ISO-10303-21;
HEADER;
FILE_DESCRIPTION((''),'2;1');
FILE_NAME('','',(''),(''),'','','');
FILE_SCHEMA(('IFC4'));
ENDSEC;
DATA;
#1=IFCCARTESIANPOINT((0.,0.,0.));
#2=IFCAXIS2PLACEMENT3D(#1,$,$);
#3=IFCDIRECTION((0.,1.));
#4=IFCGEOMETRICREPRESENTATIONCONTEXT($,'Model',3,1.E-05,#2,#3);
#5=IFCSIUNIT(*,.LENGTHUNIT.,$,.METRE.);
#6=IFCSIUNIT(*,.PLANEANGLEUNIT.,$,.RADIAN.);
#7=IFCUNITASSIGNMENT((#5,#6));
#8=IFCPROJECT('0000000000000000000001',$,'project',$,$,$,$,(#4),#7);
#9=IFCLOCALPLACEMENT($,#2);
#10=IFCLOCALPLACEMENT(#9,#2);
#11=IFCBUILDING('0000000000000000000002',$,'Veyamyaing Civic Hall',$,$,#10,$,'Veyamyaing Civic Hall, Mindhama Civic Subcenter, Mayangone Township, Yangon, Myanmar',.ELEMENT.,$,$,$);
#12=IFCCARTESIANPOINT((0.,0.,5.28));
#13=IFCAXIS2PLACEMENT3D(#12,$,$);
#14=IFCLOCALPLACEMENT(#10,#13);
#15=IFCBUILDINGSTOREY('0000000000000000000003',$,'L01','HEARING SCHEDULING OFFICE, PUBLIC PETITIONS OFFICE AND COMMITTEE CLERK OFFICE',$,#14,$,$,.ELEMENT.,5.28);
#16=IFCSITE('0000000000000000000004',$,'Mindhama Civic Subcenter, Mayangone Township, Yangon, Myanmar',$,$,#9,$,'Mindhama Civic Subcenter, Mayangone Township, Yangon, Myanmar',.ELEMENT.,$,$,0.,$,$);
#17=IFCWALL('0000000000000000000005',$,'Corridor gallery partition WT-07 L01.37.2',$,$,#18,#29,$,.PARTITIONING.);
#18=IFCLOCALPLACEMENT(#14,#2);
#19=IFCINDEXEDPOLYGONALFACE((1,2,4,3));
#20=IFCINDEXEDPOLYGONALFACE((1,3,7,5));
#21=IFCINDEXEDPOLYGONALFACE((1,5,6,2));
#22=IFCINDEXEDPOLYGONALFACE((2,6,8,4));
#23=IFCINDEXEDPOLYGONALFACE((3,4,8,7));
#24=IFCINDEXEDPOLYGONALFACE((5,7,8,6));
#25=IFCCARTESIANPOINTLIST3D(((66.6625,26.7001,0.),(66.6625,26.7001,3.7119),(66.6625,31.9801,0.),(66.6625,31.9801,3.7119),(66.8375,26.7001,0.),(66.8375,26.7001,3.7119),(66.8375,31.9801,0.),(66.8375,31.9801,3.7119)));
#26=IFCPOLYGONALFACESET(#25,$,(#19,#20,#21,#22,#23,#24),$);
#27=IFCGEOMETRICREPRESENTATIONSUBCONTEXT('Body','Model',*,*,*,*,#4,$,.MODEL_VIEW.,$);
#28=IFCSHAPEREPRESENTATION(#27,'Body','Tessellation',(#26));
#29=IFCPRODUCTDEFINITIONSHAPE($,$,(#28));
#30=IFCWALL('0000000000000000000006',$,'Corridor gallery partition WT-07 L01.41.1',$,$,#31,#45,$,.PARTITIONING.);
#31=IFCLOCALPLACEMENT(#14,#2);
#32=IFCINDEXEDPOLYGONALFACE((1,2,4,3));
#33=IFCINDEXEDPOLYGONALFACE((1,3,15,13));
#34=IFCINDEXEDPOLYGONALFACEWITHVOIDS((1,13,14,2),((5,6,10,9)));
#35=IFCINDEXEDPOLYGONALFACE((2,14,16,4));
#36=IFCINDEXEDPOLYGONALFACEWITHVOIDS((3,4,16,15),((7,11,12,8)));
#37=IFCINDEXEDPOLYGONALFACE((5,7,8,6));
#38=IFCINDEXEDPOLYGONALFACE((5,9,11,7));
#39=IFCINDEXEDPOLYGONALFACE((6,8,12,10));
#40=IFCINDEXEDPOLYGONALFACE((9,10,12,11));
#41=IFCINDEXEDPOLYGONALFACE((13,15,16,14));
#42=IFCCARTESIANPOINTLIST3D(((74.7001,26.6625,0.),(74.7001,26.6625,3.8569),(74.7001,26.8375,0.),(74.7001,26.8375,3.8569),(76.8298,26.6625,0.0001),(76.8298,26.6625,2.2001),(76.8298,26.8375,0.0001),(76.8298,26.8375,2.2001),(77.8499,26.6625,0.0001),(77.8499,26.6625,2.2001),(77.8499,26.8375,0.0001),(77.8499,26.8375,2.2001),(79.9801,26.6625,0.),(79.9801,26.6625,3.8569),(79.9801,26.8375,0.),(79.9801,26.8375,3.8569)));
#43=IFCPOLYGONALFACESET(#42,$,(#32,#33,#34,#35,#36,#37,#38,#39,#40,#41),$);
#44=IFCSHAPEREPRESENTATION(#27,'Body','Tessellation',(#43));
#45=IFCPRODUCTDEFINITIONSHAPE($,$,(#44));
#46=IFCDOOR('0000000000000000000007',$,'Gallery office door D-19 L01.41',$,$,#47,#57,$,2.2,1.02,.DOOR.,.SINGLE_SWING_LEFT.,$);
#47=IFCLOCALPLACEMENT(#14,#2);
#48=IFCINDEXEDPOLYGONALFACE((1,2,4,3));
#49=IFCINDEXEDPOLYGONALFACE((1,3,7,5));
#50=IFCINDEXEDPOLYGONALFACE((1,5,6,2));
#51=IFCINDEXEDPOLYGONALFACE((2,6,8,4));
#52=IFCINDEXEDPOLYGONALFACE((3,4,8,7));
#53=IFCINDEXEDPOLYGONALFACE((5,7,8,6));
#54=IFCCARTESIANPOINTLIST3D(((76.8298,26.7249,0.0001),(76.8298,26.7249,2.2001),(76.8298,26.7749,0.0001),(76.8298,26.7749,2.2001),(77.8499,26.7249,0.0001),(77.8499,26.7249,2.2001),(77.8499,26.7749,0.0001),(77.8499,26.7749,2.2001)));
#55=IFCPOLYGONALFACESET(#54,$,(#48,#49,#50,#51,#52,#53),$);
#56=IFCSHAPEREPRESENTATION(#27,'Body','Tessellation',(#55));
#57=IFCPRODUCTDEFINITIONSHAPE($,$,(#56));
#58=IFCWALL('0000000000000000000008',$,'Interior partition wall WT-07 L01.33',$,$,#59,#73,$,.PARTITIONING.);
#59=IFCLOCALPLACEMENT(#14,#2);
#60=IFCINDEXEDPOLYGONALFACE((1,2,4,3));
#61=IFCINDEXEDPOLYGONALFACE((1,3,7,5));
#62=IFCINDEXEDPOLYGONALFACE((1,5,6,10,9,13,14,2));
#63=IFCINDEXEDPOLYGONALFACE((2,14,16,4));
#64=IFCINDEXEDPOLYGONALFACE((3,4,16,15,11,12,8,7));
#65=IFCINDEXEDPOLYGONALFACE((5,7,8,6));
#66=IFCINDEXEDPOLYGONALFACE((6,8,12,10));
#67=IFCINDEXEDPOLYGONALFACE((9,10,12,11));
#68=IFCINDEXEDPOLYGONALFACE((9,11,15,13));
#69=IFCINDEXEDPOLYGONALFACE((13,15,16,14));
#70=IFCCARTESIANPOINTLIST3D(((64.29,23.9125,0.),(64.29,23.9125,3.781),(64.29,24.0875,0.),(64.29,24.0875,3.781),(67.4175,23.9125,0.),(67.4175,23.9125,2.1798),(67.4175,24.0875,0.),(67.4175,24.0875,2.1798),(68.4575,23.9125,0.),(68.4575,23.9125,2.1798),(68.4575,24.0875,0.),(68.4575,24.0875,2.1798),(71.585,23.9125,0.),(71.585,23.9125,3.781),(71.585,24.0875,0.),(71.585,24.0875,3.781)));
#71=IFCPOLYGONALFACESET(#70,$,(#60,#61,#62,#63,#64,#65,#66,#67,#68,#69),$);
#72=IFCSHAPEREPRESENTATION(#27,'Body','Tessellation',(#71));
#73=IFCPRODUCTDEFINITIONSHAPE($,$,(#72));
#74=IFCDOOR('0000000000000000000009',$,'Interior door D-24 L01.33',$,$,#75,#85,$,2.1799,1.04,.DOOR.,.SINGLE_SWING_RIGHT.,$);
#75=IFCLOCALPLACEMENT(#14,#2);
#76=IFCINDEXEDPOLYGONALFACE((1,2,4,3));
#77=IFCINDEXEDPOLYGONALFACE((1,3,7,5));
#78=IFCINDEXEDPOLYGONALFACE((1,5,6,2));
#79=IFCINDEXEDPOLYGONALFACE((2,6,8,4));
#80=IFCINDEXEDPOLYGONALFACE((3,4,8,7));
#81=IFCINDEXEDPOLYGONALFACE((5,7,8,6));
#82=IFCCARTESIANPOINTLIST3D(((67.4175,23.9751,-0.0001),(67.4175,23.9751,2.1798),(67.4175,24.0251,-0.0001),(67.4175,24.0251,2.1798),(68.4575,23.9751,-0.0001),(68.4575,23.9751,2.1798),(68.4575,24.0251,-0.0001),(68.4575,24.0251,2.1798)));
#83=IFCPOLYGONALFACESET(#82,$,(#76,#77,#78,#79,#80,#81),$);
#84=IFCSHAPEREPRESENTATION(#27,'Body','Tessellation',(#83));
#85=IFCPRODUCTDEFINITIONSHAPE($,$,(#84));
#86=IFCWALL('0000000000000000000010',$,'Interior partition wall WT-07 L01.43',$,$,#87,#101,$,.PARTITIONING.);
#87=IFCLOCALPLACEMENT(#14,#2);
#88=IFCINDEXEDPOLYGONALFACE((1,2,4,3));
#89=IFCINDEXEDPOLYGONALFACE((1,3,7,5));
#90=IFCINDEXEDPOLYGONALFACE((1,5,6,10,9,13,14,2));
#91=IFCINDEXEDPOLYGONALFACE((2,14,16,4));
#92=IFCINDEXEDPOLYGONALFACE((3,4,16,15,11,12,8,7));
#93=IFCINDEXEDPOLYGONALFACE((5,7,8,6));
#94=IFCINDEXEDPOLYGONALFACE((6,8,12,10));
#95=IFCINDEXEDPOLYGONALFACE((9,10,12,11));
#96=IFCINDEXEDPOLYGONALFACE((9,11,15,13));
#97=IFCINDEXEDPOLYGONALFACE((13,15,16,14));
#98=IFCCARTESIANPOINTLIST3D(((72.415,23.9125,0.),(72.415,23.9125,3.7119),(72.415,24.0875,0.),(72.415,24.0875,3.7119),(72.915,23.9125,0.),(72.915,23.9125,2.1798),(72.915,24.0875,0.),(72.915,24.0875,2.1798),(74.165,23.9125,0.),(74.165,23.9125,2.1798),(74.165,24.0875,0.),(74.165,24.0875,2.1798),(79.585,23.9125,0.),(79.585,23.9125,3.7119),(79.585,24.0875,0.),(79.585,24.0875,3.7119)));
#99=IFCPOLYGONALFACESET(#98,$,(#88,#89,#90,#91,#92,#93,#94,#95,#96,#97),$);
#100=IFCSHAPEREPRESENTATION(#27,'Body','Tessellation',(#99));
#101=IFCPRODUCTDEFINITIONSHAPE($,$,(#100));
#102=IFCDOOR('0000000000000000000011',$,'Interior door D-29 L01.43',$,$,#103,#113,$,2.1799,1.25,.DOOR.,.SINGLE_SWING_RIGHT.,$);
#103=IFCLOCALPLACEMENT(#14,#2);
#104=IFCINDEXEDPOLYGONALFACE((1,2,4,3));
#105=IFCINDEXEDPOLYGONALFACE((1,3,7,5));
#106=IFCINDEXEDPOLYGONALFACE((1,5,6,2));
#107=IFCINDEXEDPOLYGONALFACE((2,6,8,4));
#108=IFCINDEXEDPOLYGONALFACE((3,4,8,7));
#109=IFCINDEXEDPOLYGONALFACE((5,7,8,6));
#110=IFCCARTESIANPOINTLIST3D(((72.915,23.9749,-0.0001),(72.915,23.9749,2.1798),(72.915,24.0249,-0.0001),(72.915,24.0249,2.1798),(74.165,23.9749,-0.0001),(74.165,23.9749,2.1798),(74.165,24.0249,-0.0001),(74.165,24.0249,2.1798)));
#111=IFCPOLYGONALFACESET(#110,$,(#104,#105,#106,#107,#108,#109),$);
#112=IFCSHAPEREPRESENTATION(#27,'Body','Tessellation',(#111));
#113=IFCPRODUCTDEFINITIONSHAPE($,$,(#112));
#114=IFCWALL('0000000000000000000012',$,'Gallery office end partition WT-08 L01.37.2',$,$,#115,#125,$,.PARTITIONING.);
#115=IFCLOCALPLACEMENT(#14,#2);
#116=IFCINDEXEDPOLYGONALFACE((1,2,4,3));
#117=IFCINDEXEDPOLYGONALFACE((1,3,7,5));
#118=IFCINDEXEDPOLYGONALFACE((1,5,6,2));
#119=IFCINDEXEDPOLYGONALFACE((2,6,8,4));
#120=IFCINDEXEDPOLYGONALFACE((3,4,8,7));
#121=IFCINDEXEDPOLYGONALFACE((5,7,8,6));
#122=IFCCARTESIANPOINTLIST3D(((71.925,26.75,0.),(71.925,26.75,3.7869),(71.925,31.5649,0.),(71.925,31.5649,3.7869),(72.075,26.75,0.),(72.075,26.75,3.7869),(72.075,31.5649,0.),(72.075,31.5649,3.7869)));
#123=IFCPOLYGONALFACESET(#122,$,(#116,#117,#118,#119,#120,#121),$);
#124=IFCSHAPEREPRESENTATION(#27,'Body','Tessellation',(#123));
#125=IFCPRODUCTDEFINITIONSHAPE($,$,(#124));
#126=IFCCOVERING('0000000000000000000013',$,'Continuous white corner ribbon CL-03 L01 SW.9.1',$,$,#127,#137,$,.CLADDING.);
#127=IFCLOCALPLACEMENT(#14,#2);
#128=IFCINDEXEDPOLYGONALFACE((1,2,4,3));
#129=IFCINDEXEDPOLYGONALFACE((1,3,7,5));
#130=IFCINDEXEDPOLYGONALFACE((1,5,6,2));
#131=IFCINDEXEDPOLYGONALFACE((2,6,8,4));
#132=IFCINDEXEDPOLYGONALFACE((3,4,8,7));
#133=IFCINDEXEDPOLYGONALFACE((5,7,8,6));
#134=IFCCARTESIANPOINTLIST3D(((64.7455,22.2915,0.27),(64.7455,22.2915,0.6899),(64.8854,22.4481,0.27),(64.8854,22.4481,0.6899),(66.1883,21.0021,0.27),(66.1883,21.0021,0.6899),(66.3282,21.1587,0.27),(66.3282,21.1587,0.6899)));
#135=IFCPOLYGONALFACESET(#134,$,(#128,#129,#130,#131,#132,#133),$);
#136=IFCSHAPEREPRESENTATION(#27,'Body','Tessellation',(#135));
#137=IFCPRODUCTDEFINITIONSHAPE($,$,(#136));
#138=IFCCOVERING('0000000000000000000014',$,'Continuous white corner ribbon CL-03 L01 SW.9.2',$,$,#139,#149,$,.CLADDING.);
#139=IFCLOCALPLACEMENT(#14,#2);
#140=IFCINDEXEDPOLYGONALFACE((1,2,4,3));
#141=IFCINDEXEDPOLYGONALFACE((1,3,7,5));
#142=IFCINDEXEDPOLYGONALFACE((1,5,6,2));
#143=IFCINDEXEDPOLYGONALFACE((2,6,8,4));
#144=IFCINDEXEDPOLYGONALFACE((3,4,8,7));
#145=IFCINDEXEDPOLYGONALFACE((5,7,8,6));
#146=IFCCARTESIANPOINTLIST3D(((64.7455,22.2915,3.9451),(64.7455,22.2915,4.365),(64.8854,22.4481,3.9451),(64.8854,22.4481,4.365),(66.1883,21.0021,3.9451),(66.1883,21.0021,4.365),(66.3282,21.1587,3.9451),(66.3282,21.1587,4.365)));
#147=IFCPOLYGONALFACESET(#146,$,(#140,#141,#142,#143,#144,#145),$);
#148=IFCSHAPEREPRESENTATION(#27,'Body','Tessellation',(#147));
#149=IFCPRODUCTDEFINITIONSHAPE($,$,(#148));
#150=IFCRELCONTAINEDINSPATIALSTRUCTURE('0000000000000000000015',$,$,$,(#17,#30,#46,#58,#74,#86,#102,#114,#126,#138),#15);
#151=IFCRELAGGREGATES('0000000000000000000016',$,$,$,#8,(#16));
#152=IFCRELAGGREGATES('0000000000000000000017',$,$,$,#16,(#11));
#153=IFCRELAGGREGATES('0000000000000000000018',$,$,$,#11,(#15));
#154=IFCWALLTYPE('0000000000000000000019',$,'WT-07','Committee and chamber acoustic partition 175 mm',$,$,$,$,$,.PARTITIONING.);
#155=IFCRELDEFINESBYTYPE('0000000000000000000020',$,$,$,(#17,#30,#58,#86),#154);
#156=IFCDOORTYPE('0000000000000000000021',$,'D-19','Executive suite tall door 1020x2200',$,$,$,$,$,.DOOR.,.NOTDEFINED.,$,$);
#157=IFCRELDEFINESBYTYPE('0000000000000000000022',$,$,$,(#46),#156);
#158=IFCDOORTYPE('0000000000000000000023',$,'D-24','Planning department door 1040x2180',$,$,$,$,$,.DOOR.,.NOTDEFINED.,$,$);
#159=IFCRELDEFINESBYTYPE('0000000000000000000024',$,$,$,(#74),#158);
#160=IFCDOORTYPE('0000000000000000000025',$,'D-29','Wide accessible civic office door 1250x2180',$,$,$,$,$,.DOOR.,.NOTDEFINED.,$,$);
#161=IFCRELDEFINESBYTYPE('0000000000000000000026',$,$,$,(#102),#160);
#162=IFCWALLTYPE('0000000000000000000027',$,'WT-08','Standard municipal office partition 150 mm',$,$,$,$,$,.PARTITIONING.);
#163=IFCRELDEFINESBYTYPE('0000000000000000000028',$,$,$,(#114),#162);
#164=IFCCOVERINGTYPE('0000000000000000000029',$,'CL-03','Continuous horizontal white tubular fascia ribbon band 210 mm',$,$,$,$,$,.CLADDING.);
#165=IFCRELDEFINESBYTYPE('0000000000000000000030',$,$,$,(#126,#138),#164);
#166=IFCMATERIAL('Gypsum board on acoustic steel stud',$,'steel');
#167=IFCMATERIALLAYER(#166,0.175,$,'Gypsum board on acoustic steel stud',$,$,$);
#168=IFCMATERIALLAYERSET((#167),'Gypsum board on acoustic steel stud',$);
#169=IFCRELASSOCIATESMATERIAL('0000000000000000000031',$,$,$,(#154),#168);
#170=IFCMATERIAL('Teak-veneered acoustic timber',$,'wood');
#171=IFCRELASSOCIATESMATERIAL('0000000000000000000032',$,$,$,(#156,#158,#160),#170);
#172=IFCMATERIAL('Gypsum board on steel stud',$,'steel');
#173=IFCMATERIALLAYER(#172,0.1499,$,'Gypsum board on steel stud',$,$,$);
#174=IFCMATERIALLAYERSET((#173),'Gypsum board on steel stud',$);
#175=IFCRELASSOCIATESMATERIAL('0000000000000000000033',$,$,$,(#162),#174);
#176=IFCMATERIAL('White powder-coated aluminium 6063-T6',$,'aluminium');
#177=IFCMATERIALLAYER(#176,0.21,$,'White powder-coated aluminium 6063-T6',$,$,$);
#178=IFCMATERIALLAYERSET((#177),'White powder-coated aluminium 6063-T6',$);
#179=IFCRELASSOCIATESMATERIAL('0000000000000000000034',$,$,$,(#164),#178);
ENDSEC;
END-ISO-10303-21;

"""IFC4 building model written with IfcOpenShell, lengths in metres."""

from ifc_helpers import new_model, si_unit, direction, frame, frame_2d, origin, origin_2d, place, context, subcontext, project, spatial, rectangle, extrude, material, layer, layer_set, type_object, element, fill, save


model = new_model("IFC4")

# Units and contexts
model_context = context("Model", 3, precision=1e-05, world=origin(), true_north=direction((0.0, 1.0)))
body_context = subcontext(model_context, "Body", "Model", "MODEL_VIEW")
ifc_project = project(units=[si_unit("LENGTHUNIT", "METRE"), si_unit("PLANEANGLEUNIT", "RADIAN")], contexts=[model_context])

# Site, building, storey
site_placement = place(None, origin())
site = spatial("IfcSite", under=ifc_project, at=site_placement, Name="Mindhama Civic Subcenter, Mayangone Township, Yangon, Myanmar", LongName="Mindhama Civic Subcenter, Mayangone Township, Yangon, Myanmar", CompositionType="ELEMENT", RefElevation=0.0)
building_placement = place(site_placement, origin())
building = spatial("IfcBuilding", under=site, at=building_placement, Name="Veyamyaing Civic Hall", LongName="Veyamyaing Civic Hall, Mindhama Civic Subcenter, Mayangone Township, Yangon, Myanmar", CompositionType="ELEMENT")
storey_placement = place(building_placement, frame((0.0, 0.0, 5.28)))
storey = spatial("IfcBuildingStorey", under=building, at=storey_placement, Name="L01", Description="HEARING SCHEDULING OFFICE, PUBLIC PETITIONS OFFICE AND COMMITTEE CLERK OFFICE", CompositionType="ELEMENT", Elevation=5.28)

# Shared definitions
ifc_material_1 = material(Name="Gypsum board on acoustic steel stud", Category="steel")
ifc_layer_1 = layer(ifc_material_1, 0.175, Name="Gypsum board on acoustic steel stud")
ifc_layer_set_1 = layer_set([ifc_layer_1], Name="Gypsum board on acoustic steel stud")
wall_type_1 = type_object("IfcWallType", Name="WT-07", Description="Committee and chamber acoustic partition 175 mm", PredefinedType="PARTITIONING", material=ifc_layer_set_1)
ifc_material_2 = material(Name="Teak-veneered acoustic timber", Category="wood")

# Wall
wall_1_placement = place(storey_placement, frame((66.75, 26.7, 0.0), z_axis=(0.0, 0.0, 1.0), x_axis=(0.0, 1.0, 0.0)))
element("IfcWall", 1, at=wall_1_placement, inside=storey, type_object=wall_type_1, Name="Corridor gallery partition WT-07 L01.37.2", PredefinedType="PARTITIONING", context=body_context, shape_type="SweptSolid", body=[
    extrude(rectangle(XDim=5.28, YDim=0.175, at=frame_2d((2.6401, 0.0))), origin(), (0.0, 0.0, 1.0), 3.7119),
])

# Walls, openings, doors
wall_2_placement = place(storey_placement, frame((74.7, 26.75, 0.0), z_axis=(0.0, 0.0, 1.0), x_axis=(1.0, 0.0, 0.0)))
wall_2 = element("IfcWall", 2, at=wall_2_placement, inside=storey, type_object=wall_type_1, Name="Corridor gallery partition WT-07 L01.41.1", PredefinedType="PARTITIONING", context=body_context, shape_type="SweptSolid", body=[
    extrude(rectangle(XDim=5.28, YDim=0.175, at=frame_2d((2.6401, 0.0))), origin(), (0.0, 0.0, 1.0), 3.8569),
])
opening_1_placement = place(wall_2_placement, frame((2.1299, 0.0, 0.0)))
opening_1 = element("IfcOpeningElement", 3, at=opening_1_placement, cuts=wall_2, PredefinedType="OPENING", context=body_context, shape_type="SweptSolid", body=[
    extrude(rectangle(XDim=1.02, YDim=2.2, at=frame_2d((0.51, 1.1001))), frame((0.0, 0.0974, 0.0), z_axis=(0.0, -1.0, 0.0), x_axis=(1.0, 0.0, 0.0)), (0.0, 0.0, 1.0), 0.1951),
])
door_type_1 = type_object("IfcDoorType", Name="D-19", Description="Executive suite tall door 1020x2200", OperationType="NOTDEFINED", PredefinedType="DOOR", material=ifc_material_2)
door_1_placement = place(opening_1_placement, origin())
door_1 = element("IfcDoor", 4, at=door_1_placement, inside=storey, type_object=door_type_1, Name="Gallery office door D-19 L01.41", OperationType="SINGLE_SWING_LEFT", OverallHeight=2.2, OverallWidth=1.02, PredefinedType="DOOR", context=body_context, shape_type="SweptSolid", body=[
    extrude(rectangle(XDim=1.02, YDim=2.2, at=frame_2d((0.51, 1.1001))), frame((0.0, 0.0249, 0.0), z_axis=(0.0, -1.0, 0.0), x_axis=(1.0, 0.0, 0.0)), (0.0, 0.0, 1.0), 0.05),
])
fill(opening_1, door_1)
wall_3_placement = place(storey_placement, frame((64.29, 24.0, 0.0), z_axis=(0.0, 0.0, 1.0), x_axis=(1.0, 0.0, 0.0)))
wall_3 = element("IfcWall", 5, at=wall_3_placement, inside=storey, type_object=wall_type_1, Name="Interior partition wall WT-07 L01.33", PredefinedType="PARTITIONING", context=body_context, shape_type="SweptSolid", body=[
    extrude(rectangle(XDim=7.2949, YDim=0.175, at=frame_2d((3.6475, 0.0))), origin(), (0.0, 0.0, 1.0), 3.781),
])
opening_2_placement = place(wall_3_placement, frame((3.1274, 0.0, 0.0)))
opening_2 = element("IfcOpeningElement", 6, at=opening_2_placement, cuts=wall_3, PredefinedType="OPENING", context=body_context, shape_type="SweptSolid", body=[
    extrude(rectangle(XDim=1.04, YDim=2.1799, at=frame_2d((0.52, 1.0898))), frame((0.0, 0.0974, 0.0), z_axis=(0.0, -1.0, 0.0), x_axis=(1.0, 0.0, 0.0)), (0.0, 0.0, 1.0), 0.1951),
])
door_type_2 = type_object("IfcDoorType", Name="D-24", Description="Planning department door 1040x2180", OperationType="NOTDEFINED", PredefinedType="DOOR", material=ifc_material_2)
door_2_placement = place(opening_2_placement, frame((1.04, 0.0, 0.0), z_axis=(0.0, 0.0, 1.0), x_axis=(-1.0, 0.0, 0.0)))
door_2 = element("IfcDoor", 7, at=door_2_placement, inside=storey, type_object=door_type_2, Name="Interior door D-24 L01.33", OperationType="SINGLE_SWING_RIGHT", OverallHeight=2.1799, OverallWidth=1.04, PredefinedType="DOOR", context=body_context, shape_type="SweptSolid", body=[
    extrude(rectangle(XDim=1.04, YDim=2.1799, at=frame_2d((0.52, 1.0898))), frame((0.0, 0.0249, 0.0), z_axis=(0.0, -1.0, 0.0), x_axis=(1.0, 0.0, 0.0)), (0.0, 0.0, 1.0), 0.05),
])
fill(opening_2, door_2)
wall_4_placement = place(storey_placement, frame((72.415, 24.0, 0.0), z_axis=(0.0, 0.0, 1.0), x_axis=(1.0, 0.0, 0.0)))
wall_4 = element("IfcWall", 8, at=wall_4_placement, inside=storey, type_object=wall_type_1, Name="Interior partition wall WT-07 L01.43", PredefinedType="PARTITIONING", context=body_context, shape_type="SweptSolid", body=[
    extrude(rectangle(XDim=7.1699, YDim=0.175, at=frame_2d((3.585, 0.0))), origin(), (0.0, 0.0, 1.0), 3.7119),
])
opening_3_placement = place(wall_4_placement, frame((0.5, 0.0, 0.0)))
opening_3 = element("IfcOpeningElement", 9, at=opening_3_placement, cuts=wall_4, PredefinedType="OPENING", context=body_context, shape_type="SweptSolid", body=[
    extrude(rectangle(XDim=1.25, YDim=2.1799, at=frame_2d((0.625, 1.0898))), frame((0.0, 0.0974, 0.0), z_axis=(0.0, -1.0, 0.0), x_axis=(1.0, 0.0, 0.0)), (0.0, 0.0, 1.0), 0.1951),
])
door_type_3 = type_object("IfcDoorType", Name="D-29", Description="Wide accessible civic office door 1250x2180", OperationType="NOTDEFINED", PredefinedType="DOOR", material=ifc_material_2)
door_3_placement = place(opening_3_placement, origin())
door_3 = element("IfcDoor", 10, at=door_3_placement, inside=storey, type_object=door_type_3, Name="Interior door D-29 L01.43", OperationType="SINGLE_SWING_RIGHT", OverallHeight=2.1799, OverallWidth=1.25, PredefinedType="DOOR", context=body_context, shape_type="SweptSolid", body=[
    extrude(rectangle(XDim=1.25, YDim=2.1799, at=frame_2d((0.625, 1.0898))), frame((0.0, 0.0249, 0.0), z_axis=(0.0, -1.0, 0.0), x_axis=(1.0, 0.0, 0.0)), (0.0, 0.0, 1.0), 0.05),
])
fill(opening_3, door_3)

# Wall
ifc_material_3 = material(Name="Gypsum board on steel stud", Category="steel")
ifc_layer_2 = layer(ifc_material_3, 0.1499, Name="Gypsum board on steel stud")
ifc_layer_set_2 = layer_set([ifc_layer_2], Name="Gypsum board on steel stud")
wall_type_2 = type_object("IfcWallType", Name="WT-08", Description="Standard municipal office partition 150 mm", PredefinedType="PARTITIONING", material=ifc_layer_set_2)
wall_5_placement = place(storey_placement, frame((72.0, 26.75, 0.0), z_axis=(0.0, 0.0, 1.0), x_axis=(0.0, 1.0, 0.0)))
element("IfcWall", 11, at=wall_5_placement, inside=storey, type_object=wall_type_2, Name="Gallery office end partition WT-08 L01.37.2", PredefinedType="PARTITIONING", context=body_context, shape_type="SweptSolid", body=[
    extrude(rectangle(XDim=4.8149, YDim=0.1499, at=frame_2d((2.4075, 0.0))), origin(), (0.0, 0.0, 1.0), 3.7869),
])

# Coverings
ifc_material_4 = material(Name="White powder-coated aluminium 6063-T6", Category="aluminium")
ifc_layer_3 = layer(ifc_material_4, 0.21, Name="White powder-coated aluminium 6063-T6")
ifc_layer_set_3 = layer_set([ifc_layer_3], Name="White powder-coated aluminium 6063-T6")
covering_type = type_object("IfcCoveringType", Name="CL-03", Description="Continuous horizontal white tubular fascia ribbon band 210 mm", PredefinedType="CLADDING", material=ifc_layer_set_3)
for number, where, z_axis, x_axis, name in (
    (12, (65.5369, 21.7251, 0.27), (0.0, 0.0, 1.0), (0.745642, -0.666347, 0.0), "Continuous white corner ribbon CL-03 L01 SW.9.1"),
    (13, (65.5369, 21.7251, 3.9451), (0.0, 0.0, 1.0), (0.745642, -0.666347, 0.0), "Continuous white corner ribbon CL-03 L01 SW.9.2"),
):
    element("IfcCovering", number, at=place(storey_placement, frame(where, z_axis=z_axis, x_axis=x_axis)), inside=storey, type_object=covering_type, Name=name, PredefinedType="CLADDING", context=body_context, shape_type="SweptSolid", body=[
        extrude(rectangle(XDim=1.9351, YDim=0.21, at=origin_2d()), origin(), (0.0, 0.0, 1.0), 0.4199),
    ])

save(model, "model.ifc")
